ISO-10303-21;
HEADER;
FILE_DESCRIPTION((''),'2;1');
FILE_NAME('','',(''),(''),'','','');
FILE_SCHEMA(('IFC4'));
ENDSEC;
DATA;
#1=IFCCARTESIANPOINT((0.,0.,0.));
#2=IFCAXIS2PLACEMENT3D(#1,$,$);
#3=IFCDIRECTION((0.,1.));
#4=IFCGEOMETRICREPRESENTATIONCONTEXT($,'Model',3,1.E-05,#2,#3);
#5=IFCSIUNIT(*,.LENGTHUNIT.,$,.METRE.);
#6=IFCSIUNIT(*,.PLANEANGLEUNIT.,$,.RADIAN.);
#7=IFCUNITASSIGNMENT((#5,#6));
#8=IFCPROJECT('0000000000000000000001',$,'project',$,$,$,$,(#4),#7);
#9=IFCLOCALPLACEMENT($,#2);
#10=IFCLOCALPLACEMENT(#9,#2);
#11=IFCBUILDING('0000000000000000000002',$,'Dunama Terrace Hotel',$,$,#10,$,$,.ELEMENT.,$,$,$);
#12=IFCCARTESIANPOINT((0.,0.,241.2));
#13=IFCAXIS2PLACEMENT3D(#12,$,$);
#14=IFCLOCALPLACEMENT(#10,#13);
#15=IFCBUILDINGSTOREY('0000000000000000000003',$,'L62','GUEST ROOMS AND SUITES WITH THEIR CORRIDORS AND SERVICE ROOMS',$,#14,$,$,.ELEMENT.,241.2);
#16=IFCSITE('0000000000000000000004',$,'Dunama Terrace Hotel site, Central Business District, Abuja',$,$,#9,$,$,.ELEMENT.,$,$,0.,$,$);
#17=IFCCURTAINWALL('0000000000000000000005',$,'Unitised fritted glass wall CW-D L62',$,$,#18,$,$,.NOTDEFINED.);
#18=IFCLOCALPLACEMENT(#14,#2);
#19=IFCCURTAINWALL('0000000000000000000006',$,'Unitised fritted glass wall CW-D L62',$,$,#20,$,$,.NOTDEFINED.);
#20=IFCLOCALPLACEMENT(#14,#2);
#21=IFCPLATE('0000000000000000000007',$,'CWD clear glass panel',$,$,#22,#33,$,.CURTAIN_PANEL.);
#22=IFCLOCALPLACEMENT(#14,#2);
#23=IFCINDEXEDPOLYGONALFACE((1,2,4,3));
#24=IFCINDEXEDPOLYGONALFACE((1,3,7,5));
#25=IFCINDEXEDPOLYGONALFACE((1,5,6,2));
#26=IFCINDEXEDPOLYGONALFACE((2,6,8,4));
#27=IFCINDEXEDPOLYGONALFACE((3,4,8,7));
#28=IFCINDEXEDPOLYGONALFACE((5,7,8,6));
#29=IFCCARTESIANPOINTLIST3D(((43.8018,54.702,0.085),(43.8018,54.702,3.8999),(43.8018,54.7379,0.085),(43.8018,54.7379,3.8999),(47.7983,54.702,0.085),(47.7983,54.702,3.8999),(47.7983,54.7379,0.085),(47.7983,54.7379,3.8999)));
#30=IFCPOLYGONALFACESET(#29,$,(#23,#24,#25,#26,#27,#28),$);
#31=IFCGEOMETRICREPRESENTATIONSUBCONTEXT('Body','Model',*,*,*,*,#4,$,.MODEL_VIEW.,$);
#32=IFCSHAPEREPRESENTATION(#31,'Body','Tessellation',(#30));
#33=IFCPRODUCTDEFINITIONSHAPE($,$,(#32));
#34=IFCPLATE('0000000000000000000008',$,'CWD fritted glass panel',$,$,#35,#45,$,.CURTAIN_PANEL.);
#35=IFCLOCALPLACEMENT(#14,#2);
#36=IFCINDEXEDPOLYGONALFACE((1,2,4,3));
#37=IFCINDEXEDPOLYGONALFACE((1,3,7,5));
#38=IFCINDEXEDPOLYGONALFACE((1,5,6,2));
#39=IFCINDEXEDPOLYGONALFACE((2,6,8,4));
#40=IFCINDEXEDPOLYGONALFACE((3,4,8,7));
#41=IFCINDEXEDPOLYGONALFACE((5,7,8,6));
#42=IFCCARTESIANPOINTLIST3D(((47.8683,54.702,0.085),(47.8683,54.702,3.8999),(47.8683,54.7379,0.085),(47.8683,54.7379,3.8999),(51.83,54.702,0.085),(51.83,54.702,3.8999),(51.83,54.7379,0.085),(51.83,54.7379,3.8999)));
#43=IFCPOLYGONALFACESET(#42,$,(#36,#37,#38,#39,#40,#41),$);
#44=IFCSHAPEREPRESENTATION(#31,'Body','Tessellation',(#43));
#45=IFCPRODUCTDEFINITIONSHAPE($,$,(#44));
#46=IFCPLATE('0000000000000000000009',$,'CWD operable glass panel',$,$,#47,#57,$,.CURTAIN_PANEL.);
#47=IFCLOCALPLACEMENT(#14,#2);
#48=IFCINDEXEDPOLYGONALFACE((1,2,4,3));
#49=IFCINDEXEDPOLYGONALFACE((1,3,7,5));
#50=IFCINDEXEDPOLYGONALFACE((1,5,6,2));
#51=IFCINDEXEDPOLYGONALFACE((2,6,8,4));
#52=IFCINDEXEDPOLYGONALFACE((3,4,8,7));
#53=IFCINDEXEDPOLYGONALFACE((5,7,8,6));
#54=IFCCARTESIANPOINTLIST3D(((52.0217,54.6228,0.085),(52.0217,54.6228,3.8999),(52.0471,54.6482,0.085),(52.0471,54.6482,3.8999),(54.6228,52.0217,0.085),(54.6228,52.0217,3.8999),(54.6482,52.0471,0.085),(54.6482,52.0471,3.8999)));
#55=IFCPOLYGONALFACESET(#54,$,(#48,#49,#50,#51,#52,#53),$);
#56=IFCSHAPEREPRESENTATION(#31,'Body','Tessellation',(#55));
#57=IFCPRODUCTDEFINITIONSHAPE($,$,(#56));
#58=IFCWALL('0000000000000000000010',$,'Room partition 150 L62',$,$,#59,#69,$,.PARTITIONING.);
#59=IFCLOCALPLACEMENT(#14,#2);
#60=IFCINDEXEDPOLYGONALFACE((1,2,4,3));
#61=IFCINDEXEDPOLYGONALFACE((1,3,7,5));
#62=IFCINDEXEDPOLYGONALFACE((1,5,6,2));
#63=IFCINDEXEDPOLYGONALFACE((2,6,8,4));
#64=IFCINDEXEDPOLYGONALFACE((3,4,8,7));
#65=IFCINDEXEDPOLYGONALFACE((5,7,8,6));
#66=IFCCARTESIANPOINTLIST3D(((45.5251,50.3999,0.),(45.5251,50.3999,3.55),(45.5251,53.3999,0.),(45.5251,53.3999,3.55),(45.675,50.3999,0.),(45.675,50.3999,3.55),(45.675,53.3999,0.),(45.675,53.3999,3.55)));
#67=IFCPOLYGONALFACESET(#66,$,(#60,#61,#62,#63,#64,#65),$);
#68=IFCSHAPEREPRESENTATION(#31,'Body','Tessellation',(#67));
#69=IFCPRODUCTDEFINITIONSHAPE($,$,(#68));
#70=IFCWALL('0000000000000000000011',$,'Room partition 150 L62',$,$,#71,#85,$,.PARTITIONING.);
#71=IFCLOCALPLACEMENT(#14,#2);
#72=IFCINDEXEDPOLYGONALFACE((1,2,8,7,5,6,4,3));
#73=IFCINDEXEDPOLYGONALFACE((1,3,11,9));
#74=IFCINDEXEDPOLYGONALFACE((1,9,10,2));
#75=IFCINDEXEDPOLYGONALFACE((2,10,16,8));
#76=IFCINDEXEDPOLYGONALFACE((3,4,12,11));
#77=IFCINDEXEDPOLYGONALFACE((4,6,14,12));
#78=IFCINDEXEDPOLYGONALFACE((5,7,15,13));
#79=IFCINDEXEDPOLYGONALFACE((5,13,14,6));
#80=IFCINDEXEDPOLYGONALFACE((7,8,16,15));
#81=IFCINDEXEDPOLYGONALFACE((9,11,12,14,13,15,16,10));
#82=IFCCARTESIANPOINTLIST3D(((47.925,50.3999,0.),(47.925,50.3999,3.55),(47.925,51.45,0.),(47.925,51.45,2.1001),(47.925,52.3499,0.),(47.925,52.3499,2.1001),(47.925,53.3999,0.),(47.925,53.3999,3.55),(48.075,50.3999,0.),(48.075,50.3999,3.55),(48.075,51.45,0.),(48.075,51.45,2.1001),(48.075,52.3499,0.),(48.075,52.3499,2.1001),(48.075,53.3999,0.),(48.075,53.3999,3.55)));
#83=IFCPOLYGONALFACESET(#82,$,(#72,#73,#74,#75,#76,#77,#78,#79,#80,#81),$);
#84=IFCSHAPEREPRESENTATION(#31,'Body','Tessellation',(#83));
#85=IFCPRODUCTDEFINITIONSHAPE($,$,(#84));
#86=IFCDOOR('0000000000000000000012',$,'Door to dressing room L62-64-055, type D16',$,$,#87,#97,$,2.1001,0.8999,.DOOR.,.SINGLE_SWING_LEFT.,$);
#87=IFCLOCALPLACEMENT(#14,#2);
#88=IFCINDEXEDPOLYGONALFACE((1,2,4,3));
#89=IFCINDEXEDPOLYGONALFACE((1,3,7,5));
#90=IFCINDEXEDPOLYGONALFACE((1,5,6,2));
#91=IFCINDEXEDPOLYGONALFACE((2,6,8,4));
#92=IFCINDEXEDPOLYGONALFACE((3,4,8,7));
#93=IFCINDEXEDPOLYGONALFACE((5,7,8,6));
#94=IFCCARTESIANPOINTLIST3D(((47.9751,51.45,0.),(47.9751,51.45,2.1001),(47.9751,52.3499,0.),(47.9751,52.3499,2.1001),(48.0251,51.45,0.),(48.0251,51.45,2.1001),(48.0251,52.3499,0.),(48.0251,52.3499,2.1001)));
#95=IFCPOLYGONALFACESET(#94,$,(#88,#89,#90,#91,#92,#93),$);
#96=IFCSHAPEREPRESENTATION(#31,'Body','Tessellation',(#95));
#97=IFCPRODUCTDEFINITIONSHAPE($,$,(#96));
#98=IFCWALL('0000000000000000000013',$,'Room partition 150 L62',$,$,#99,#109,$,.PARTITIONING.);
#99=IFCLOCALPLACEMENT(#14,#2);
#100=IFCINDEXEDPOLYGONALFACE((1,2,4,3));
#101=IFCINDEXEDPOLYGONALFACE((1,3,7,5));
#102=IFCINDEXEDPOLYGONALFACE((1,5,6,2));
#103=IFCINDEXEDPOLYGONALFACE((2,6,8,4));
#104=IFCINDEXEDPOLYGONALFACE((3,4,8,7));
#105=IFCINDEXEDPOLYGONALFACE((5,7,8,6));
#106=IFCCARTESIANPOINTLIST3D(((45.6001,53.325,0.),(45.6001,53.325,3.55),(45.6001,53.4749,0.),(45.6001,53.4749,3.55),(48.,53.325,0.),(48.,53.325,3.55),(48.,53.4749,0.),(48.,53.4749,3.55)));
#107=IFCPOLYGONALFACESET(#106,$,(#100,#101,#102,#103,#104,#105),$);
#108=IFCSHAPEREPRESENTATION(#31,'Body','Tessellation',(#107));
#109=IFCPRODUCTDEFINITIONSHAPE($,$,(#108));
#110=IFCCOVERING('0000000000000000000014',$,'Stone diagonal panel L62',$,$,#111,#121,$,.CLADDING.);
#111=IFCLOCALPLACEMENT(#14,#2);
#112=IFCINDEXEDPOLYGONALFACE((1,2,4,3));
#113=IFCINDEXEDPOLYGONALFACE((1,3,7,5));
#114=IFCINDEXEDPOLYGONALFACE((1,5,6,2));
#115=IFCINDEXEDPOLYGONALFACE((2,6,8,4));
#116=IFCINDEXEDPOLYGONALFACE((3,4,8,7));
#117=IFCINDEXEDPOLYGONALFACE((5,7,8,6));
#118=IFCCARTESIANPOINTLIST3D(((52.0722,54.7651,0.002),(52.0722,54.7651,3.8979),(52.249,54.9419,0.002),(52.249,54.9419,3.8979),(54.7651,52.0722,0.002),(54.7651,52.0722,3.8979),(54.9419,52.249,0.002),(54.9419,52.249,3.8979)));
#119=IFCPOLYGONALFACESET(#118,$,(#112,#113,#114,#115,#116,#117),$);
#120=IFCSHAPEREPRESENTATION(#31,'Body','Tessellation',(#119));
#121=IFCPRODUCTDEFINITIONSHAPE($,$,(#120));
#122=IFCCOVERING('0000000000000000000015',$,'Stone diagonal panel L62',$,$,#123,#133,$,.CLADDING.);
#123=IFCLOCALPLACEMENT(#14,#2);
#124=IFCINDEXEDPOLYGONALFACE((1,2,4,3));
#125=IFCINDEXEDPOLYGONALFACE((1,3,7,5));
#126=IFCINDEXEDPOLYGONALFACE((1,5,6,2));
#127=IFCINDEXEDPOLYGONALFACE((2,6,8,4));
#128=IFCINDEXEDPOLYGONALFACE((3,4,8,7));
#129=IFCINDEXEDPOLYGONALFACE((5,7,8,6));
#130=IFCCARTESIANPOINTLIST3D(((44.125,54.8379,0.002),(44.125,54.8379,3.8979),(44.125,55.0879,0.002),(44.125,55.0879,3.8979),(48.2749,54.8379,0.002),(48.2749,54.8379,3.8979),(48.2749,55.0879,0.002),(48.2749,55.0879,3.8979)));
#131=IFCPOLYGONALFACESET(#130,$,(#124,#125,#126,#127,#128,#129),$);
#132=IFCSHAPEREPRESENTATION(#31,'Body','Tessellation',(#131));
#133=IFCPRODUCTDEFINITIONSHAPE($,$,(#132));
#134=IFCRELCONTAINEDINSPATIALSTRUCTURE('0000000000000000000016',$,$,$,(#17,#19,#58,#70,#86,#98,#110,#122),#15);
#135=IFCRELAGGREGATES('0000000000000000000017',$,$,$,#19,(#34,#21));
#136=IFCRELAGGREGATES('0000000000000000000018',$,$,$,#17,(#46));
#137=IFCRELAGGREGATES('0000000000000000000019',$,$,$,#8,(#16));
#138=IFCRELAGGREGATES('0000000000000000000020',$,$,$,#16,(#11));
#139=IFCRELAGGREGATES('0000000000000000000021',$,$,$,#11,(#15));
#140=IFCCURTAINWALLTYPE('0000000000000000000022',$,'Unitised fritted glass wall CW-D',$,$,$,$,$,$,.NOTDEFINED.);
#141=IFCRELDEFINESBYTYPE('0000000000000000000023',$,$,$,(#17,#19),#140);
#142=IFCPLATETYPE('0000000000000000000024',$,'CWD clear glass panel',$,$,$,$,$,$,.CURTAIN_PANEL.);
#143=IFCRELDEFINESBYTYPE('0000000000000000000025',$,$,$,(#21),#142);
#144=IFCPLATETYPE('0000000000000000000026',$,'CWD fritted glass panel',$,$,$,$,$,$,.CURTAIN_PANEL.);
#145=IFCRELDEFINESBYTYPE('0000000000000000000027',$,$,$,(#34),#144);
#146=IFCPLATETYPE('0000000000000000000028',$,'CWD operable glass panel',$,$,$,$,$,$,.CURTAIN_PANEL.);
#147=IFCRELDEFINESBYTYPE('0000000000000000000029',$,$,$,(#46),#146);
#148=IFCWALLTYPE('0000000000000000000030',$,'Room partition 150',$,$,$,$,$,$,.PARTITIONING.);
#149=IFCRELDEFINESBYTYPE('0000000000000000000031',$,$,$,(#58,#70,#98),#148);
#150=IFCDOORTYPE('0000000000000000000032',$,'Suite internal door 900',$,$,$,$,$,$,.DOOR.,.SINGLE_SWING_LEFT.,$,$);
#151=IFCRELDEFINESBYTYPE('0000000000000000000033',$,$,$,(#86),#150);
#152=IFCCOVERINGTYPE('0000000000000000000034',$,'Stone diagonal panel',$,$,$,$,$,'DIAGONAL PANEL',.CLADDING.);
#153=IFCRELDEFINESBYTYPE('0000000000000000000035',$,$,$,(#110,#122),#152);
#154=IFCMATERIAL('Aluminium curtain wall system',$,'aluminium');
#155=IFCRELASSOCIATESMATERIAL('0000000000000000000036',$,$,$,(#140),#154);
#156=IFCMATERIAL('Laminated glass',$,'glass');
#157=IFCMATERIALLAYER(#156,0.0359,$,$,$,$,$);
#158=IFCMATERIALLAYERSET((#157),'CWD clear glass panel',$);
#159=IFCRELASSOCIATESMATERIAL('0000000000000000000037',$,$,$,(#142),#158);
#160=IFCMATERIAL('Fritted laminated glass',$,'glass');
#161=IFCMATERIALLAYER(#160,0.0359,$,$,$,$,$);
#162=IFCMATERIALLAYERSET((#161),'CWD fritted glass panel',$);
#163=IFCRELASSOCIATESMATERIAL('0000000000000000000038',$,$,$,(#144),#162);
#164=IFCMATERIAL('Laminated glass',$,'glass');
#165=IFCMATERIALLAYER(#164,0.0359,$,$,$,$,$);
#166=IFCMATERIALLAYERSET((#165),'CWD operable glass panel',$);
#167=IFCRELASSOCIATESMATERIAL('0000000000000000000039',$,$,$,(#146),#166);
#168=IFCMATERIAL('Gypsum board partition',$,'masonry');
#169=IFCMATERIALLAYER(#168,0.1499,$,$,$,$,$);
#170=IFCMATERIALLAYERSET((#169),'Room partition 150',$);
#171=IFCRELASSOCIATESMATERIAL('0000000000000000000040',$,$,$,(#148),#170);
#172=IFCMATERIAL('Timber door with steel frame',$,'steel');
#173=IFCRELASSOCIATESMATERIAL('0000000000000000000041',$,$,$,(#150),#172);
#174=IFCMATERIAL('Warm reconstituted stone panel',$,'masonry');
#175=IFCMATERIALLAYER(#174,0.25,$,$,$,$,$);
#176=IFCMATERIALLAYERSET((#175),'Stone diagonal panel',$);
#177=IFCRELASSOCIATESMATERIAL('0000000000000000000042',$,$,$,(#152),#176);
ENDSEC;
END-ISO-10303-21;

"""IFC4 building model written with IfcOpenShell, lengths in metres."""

from ifc_helpers import new_model, si_unit, direction, frame, frame_2d, origin, origin_2d, place, context, subcontext, project, spatial, rectangle, extrude, material, layer, layer_set, type_object, element, fill, aggregate, save


model = new_model("IFC4")

# Units and contexts
model_context = context("Model", 3, precision=1e-05, world=origin(), true_north=direction((0.0, 1.0)))
body_context = subcontext(model_context, "Body", "Model", "MODEL_VIEW")
ifc_project = project(units=[si_unit("LENGTHUNIT", "METRE"), si_unit("PLANEANGLEUNIT", "RADIAN")], contexts=[model_context])

# Site, building, storey
site_placement = place(None, origin())
site = spatial("IfcSite", under=ifc_project, at=site_placement, Name="Dunama Terrace Hotel site, Central Business District, Abuja", CompositionType="ELEMENT", RefElevation=0.0)
building_placement = place(site_placement, origin())
building = spatial("IfcBuilding", under=site, at=building_placement, Name="Dunama Terrace Hotel", CompositionType="ELEMENT")
storey_placement = place(building_placement, frame((0.0, 0.0, 241.2)))
storey = spatial("IfcBuildingStorey", under=building, at=storey_placement, Name="L62", Description="GUEST ROOMS AND SUITES WITH THEIR CORRIDORS AND SERVICE ROOMS", CompositionType="ELEMENT", Elevation=241.2)

# Curtain walls
ifc_material_1 = material(Name="Aluminium curtain wall system", Category="aluminium")
curtain_wall_type = type_object("IfcCurtainWallType", Name="Unitised fritted glass wall CW-D", PredefinedType="NOTDEFINED", material=ifc_material_1)
curtain_wall_1_placement = place(storey_placement, origin())
curtain_wall_1 = element("IfcCurtainWall", 1, at=curtain_wall_1_placement, inside=storey, type_object=curtain_wall_type, Name="Unitised fritted glass wall CW-D L62", PredefinedType="NOTDEFINED")
curtain_wall_2_placement = place(storey_placement, origin())
curtain_wall_2 = element("IfcCurtainWall", 2, at=curtain_wall_2_placement, inside=storey, type_object=curtain_wall_type, Name="Unitised fritted glass wall CW-D L62", PredefinedType="NOTDEFINED")

# Plates
ifc_material_2 = material(Name="Laminated glass", Category="glass")
ifc_layer_1 = layer(ifc_material_2, 0.0359)
ifc_layer_set_1 = layer_set([ifc_layer_1], Name="CWD clear glass panel")
plate_type_1 = type_object("IfcPlateType", Name="CWD clear glass panel", PredefinedType="CURTAIN_PANEL", material=ifc_layer_set_1)
plate_1_placement = place(storey_placement, frame((45.8, 54.72, 0.085), z_axis=(0.0, 0.0, 1.0), x_axis=(-1.0, 0.0, 0.0)))
plate_1 = element("IfcPlate", 3, at=plate_1_placement, type_object=plate_type_1, Name="CWD clear glass panel", PredefinedType="CURTAIN_PANEL", context=body_context, shape_type="SweptSolid", body=[
    extrude(rectangle(XDim=3.9966, YDim=0.0359, at=origin_2d()), origin(), (0.0, 0.0, 1.0), 3.8149),
])
ifc_material_3 = material(Name="Fritted laminated glass", Category="glass")
ifc_layer_2 = layer(ifc_material_3, 0.0359)
ifc_layer_set_2 = layer_set([ifc_layer_2], Name="CWD fritted glass panel")
plate_type_2 = type_object("IfcPlateType", Name="CWD fritted glass panel", PredefinedType="CURTAIN_PANEL", material=ifc_layer_set_2)
plate_2_placement = place(storey_placement, frame((49.8491, 54.72, 0.085), z_axis=(0.0, 0.0, 1.0), x_axis=(-1.0, 0.0, 0.0)))
plate_2 = element("IfcPlate", 4, at=plate_2_placement, type_object=plate_type_2, Name="CWD fritted glass panel", PredefinedType="CURTAIN_PANEL", context=body_context, shape_type="SweptSolid", body=[
    extrude(rectangle(XDim=3.9617, YDim=0.0359, at=origin_2d()), origin(), (0.0, 0.0, 1.0), 3.8149),
])
aggregate(curtain_wall_2, [plate_2, plate_1])
ifc_material_4 = material(Name="Laminated glass", Category="glass")
ifc_layer_3 = layer(ifc_material_4, 0.0359)
ifc_layer_set_3 = layer_set([ifc_layer_3], Name="CWD operable glass panel")
plate_type_3 = type_object("IfcPlateType", Name="CWD operable glass panel", PredefinedType="CURTAIN_PANEL", material=ifc_layer_set_3)
plate_3_placement = place(storey_placement, frame((53.335, 53.335, 0.085), z_axis=(0.0, 0.0, 1.0), x_axis=(-0.707107, 0.707107, 0.0)))
plate_3 = element("IfcPlate", 5, at=plate_3_placement, type_object=plate_type_3, Name="CWD operable glass panel", PredefinedType="CURTAIN_PANEL", context=body_context, shape_type="SweptSolid", body=[
    extrude(rectangle(XDim=3.6785, YDim=0.0359, at=origin_2d()), origin(), (0.0, 0.0, 1.0), 3.8149),
])
aggregate(curtain_wall_1, [plate_3])

# Wall
ifc_material_5 = material(Name="Gypsum board partition", Category="masonry")
ifc_layer_4 = layer(ifc_material_5, 0.1499)
ifc_layer_set_4 = layer_set([ifc_layer_4], Name="Room partition 150")
wall_type = type_object("IfcWallType", Name="Room partition 150", PredefinedType="PARTITIONING", material=ifc_layer_set_4)
wall_1_placement = place(storey_placement, frame((45.6001, 50.3999, 0.0), z_axis=(0.0, 0.0, 1.0), x_axis=(0.0, 1.0, 0.0)))
element("IfcWall", 6, at=wall_1_placement, inside=storey, type_object=wall_type, Name="Room partition 150 L62", PredefinedType="PARTITIONING", context=body_context, shape_type="SweptSolid", body=[
    extrude(rectangle(XDim=3.0, YDim=0.1499, at=frame_2d((1.5, 0.0))), origin(), (0.0, 0.0, 1.0), 3.55),
])

# Wall, opening, door
wall_2_placement = place(storey_placement, frame((48.0, 50.3999, 0.0), z_axis=(0.0, 0.0, 1.0), x_axis=(0.0, 1.0, 0.0)))
wall_2 = element("IfcWall", 7, at=wall_2_placement, inside=storey, type_object=wall_type, Name="Room partition 150 L62", PredefinedType="PARTITIONING", context=body_context, shape_type="SweptSolid", body=[
    extrude(rectangle(XDim=3.0, YDim=0.1499, at=frame_2d((1.5, 0.0))), origin(), (0.0, 0.0, 1.0), 3.55),
])
opening_placement = place(wall_2_placement, frame((1.05, 0.0, 0.0)))
opening = element("IfcOpeningElement", 8, at=opening_placement, cuts=wall_2, PredefinedType="OPENING", context=body_context, shape_type="SweptSolid", body=[
    extrude(rectangle(XDim=0.8999, YDim=2.1001, at=frame_2d((0.45, 1.05))), frame((0.0, 0.085, 0.0), z_axis=(0.0, -1.0, 0.0), x_axis=(1.0, 0.0, 0.0)), (0.0, 0.0, 1.0), 0.1699),
])
ifc_material_6 = material(Name="Timber door with steel frame", Category="steel")
door_type = type_object("IfcDoorType", Name="Suite internal door 900", OperationType="SINGLE_SWING_LEFT", PredefinedType="DOOR", material=ifc_material_6)
door_placement = place(opening_placement, origin())
door = element("IfcDoor", 9, at=door_placement, inside=storey, type_object=door_type, Name="Door to dressing room L62-64-055, type D16", OperationType="SINGLE_SWING_LEFT", OverallHeight=2.1001, OverallWidth=0.8999, PredefinedType="DOOR", context=body_context, shape_type="SweptSolid", body=[
    extrude(rectangle(XDim=0.8999, YDim=2.1001, at=frame_2d((0.45, 1.05))), frame((0.0, 0.0249, 0.0), z_axis=(0.0, -1.0, 0.0), x_axis=(1.0, 0.0, 0.0)), (0.0, 0.0, 1.0), 0.05),
])
fill(opening, door)

# Wall
wall_3_placement = place(storey_placement, frame((45.6001, 53.3999, 0.0), z_axis=(0.0, 0.0, 1.0), x_axis=(1.0, 0.0, 0.0)))
element("IfcWall", 10, at=wall_3_placement, inside=storey, type_object=wall_type, Name="Room partition 150 L62", PredefinedType="PARTITIONING", context=body_context, shape_type="SweptSolid", body=[
    extrude(rectangle(XDim=2.3999, YDim=0.1499, at=frame_2d((1.2, 0.0))), origin(), (0.0, 0.0, 1.0), 3.55),
])

# Coverings
ifc_material_7 = material(Name="Warm reconstituted stone panel", Category="masonry")
ifc_layer_5 = layer(ifc_material_7, 0.25)
ifc_layer_set_5 = layer_set([ifc_layer_5], Name="Stone diagonal panel")
covering_type = type_object("IfcCoveringType", Name="Stone diagonal panel", ElementType="DIAGONAL PANEL", PredefinedType="CLADDING", material=ifc_layer_set_5)
covering_1_placement = place(storey_placement, frame((53.5071, 53.5071, 0.002), z_axis=(0.0, 0.0, 1.0), x_axis=(-0.707107, 0.707107, 0.0)))
element("IfcCovering", 11, at=covering_1_placement, inside=storey, type_object=covering_type, Name="Stone diagonal panel L62", PredefinedType="CLADDING", context=body_context, shape_type="SweptSolid", body=[
    extrude(rectangle(XDim=3.8083, YDim=0.25, at=origin_2d()), origin(), (0.0, 0.0, 1.0), 3.896),
])
covering_2_placement = place(storey_placement, frame((46.2, 54.9629, 0.002), z_axis=(0.0, 0.0, 1.0), x_axis=(-1.0, 0.0, 0.0)))
element("IfcCovering", 12, at=covering_2_placement, inside=storey, type_object=covering_type, Name="Stone diagonal panel L62", PredefinedType="CLADDING", context=body_context, shape_type="SweptSolid", body=[
    extrude(rectangle(XDim=4.1499, YDim=0.25, at=origin_2d()), origin(), (0.0, 0.0, 1.0), 3.896),
])

save(model, "model.ifc")
